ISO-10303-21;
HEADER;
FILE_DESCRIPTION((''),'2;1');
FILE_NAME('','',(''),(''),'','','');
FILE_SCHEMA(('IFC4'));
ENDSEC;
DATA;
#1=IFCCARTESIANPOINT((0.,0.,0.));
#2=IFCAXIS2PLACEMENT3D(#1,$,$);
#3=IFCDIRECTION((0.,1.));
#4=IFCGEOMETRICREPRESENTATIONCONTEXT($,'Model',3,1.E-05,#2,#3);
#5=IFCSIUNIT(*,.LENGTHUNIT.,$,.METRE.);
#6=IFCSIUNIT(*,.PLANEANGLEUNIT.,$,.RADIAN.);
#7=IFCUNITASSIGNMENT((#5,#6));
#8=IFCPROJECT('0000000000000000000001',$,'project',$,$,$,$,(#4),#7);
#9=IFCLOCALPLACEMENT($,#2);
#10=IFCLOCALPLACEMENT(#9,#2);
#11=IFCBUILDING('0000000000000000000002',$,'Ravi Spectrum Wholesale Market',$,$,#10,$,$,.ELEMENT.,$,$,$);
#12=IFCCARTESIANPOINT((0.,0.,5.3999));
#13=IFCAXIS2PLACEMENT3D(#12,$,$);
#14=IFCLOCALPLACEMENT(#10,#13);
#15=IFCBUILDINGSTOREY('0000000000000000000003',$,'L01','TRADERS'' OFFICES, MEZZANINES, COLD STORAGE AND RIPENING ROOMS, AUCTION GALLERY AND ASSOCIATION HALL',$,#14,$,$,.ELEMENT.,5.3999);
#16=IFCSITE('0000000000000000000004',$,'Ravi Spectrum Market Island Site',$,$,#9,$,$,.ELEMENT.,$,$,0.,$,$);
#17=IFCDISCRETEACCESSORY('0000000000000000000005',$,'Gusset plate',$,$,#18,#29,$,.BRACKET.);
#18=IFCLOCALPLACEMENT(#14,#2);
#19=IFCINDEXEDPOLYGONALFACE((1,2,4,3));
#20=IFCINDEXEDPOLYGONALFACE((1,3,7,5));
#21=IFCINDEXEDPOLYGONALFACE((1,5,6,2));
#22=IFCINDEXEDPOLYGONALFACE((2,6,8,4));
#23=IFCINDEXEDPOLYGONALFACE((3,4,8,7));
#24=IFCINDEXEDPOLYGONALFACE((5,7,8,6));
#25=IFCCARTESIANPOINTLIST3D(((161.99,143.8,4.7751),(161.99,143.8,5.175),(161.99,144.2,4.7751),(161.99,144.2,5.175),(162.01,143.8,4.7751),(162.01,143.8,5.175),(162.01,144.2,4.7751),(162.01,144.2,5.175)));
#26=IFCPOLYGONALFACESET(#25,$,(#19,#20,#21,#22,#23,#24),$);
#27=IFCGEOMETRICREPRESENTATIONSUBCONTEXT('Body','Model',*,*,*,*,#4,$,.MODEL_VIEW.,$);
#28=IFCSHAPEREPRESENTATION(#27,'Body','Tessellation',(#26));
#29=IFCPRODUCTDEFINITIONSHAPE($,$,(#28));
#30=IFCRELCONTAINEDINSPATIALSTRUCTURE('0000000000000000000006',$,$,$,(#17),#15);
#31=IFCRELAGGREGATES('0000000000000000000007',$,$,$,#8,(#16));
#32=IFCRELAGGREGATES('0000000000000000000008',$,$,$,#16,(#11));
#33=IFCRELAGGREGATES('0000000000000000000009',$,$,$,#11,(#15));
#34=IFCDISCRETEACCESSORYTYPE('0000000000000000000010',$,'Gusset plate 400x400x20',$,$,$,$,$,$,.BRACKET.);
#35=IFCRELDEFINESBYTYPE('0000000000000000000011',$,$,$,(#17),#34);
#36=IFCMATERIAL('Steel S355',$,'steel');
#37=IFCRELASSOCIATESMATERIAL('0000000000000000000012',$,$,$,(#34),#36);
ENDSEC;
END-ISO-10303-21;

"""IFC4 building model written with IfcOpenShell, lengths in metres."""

from ifc_helpers import new_model, si_unit, direction, frame, origin, origin_2d, place, context, subcontext, project, spatial, rectangle, extrude, material, material_profile, profile_set, type_object, element, save


model = new_model("IFC4")

# Units and contexts
model_context = context("Model", 3, precision=1e-05, world=origin(), true_north=direction((0.0, 1.0)))
body_context = subcontext(model_context, "Body", "Model", "MODEL_VIEW")
ifc_project = project(units=[si_unit("LENGTHUNIT", "METRE"), si_unit("PLANEANGLEUNIT", "RADIAN")], contexts=[model_context])

# Site, building, storey
site_placement = place(None, origin())
site = spatial("IfcSite", under=ifc_project, at=site_placement, Name="Ravi Spectrum Market Island Site", CompositionType="ELEMENT", RefElevation=0.0)
building_placement = place(site_placement, origin())
building = spatial("IfcBuilding", under=site, at=building_placement, Name="Ravi Spectrum Wholesale Market", CompositionType="ELEMENT")
storey_placement = place(building_placement, frame((0.0, 0.0, 5.3999)))
storey = spatial("IfcBuildingStorey", under=building, at=storey_placement, Name="L01", Description="TRADERS' OFFICES, MEZZANINES, COLD STORAGE AND RIPENING ROOMS, AUCTION GALLERY AND ASSOCIATION HALL", CompositionType="ELEMENT", Elevation=5.3999)

# Discrete accessory
ifc_material_1 = material(Name="Steel S355", Category="steel")
ifc_material_profile_1 = material_profile(ifc_material_1, rectangle(XDim=0.3999, YDim=0.02, at=origin_2d()))
ifc_profile_set_1 = profile_set([ifc_material_profile_1], Name="Steel S355")
discrete_accessory_type = type_object("IfcDiscreteAccessoryType", Name="Gusset plate 400x400x20", PredefinedType="BRACKET", material=ifc_profile_set_1)
discrete_accessory_1_placement = place(storey_placement, frame((162.0, 144.0, 4.7751), z_axis=(0.0, 0.0, 1.0), x_axis=(0.0, 1.0, 0.0)))
element("IfcDiscreteAccessory", 1, at=discrete_accessory_1_placement, inside=storey, type_object=discrete_accessory_type, Name="Gusset plate", PredefinedType="BRACKET", context=body_context, shape_type="SweptSolid", body=[
    extrude(rectangle(XDim=0.3999, YDim=0.02, at=origin_2d()), origin(), (0.0, 0.0, 1.0), 0.3999),
])

save(model, "model.ifc")
